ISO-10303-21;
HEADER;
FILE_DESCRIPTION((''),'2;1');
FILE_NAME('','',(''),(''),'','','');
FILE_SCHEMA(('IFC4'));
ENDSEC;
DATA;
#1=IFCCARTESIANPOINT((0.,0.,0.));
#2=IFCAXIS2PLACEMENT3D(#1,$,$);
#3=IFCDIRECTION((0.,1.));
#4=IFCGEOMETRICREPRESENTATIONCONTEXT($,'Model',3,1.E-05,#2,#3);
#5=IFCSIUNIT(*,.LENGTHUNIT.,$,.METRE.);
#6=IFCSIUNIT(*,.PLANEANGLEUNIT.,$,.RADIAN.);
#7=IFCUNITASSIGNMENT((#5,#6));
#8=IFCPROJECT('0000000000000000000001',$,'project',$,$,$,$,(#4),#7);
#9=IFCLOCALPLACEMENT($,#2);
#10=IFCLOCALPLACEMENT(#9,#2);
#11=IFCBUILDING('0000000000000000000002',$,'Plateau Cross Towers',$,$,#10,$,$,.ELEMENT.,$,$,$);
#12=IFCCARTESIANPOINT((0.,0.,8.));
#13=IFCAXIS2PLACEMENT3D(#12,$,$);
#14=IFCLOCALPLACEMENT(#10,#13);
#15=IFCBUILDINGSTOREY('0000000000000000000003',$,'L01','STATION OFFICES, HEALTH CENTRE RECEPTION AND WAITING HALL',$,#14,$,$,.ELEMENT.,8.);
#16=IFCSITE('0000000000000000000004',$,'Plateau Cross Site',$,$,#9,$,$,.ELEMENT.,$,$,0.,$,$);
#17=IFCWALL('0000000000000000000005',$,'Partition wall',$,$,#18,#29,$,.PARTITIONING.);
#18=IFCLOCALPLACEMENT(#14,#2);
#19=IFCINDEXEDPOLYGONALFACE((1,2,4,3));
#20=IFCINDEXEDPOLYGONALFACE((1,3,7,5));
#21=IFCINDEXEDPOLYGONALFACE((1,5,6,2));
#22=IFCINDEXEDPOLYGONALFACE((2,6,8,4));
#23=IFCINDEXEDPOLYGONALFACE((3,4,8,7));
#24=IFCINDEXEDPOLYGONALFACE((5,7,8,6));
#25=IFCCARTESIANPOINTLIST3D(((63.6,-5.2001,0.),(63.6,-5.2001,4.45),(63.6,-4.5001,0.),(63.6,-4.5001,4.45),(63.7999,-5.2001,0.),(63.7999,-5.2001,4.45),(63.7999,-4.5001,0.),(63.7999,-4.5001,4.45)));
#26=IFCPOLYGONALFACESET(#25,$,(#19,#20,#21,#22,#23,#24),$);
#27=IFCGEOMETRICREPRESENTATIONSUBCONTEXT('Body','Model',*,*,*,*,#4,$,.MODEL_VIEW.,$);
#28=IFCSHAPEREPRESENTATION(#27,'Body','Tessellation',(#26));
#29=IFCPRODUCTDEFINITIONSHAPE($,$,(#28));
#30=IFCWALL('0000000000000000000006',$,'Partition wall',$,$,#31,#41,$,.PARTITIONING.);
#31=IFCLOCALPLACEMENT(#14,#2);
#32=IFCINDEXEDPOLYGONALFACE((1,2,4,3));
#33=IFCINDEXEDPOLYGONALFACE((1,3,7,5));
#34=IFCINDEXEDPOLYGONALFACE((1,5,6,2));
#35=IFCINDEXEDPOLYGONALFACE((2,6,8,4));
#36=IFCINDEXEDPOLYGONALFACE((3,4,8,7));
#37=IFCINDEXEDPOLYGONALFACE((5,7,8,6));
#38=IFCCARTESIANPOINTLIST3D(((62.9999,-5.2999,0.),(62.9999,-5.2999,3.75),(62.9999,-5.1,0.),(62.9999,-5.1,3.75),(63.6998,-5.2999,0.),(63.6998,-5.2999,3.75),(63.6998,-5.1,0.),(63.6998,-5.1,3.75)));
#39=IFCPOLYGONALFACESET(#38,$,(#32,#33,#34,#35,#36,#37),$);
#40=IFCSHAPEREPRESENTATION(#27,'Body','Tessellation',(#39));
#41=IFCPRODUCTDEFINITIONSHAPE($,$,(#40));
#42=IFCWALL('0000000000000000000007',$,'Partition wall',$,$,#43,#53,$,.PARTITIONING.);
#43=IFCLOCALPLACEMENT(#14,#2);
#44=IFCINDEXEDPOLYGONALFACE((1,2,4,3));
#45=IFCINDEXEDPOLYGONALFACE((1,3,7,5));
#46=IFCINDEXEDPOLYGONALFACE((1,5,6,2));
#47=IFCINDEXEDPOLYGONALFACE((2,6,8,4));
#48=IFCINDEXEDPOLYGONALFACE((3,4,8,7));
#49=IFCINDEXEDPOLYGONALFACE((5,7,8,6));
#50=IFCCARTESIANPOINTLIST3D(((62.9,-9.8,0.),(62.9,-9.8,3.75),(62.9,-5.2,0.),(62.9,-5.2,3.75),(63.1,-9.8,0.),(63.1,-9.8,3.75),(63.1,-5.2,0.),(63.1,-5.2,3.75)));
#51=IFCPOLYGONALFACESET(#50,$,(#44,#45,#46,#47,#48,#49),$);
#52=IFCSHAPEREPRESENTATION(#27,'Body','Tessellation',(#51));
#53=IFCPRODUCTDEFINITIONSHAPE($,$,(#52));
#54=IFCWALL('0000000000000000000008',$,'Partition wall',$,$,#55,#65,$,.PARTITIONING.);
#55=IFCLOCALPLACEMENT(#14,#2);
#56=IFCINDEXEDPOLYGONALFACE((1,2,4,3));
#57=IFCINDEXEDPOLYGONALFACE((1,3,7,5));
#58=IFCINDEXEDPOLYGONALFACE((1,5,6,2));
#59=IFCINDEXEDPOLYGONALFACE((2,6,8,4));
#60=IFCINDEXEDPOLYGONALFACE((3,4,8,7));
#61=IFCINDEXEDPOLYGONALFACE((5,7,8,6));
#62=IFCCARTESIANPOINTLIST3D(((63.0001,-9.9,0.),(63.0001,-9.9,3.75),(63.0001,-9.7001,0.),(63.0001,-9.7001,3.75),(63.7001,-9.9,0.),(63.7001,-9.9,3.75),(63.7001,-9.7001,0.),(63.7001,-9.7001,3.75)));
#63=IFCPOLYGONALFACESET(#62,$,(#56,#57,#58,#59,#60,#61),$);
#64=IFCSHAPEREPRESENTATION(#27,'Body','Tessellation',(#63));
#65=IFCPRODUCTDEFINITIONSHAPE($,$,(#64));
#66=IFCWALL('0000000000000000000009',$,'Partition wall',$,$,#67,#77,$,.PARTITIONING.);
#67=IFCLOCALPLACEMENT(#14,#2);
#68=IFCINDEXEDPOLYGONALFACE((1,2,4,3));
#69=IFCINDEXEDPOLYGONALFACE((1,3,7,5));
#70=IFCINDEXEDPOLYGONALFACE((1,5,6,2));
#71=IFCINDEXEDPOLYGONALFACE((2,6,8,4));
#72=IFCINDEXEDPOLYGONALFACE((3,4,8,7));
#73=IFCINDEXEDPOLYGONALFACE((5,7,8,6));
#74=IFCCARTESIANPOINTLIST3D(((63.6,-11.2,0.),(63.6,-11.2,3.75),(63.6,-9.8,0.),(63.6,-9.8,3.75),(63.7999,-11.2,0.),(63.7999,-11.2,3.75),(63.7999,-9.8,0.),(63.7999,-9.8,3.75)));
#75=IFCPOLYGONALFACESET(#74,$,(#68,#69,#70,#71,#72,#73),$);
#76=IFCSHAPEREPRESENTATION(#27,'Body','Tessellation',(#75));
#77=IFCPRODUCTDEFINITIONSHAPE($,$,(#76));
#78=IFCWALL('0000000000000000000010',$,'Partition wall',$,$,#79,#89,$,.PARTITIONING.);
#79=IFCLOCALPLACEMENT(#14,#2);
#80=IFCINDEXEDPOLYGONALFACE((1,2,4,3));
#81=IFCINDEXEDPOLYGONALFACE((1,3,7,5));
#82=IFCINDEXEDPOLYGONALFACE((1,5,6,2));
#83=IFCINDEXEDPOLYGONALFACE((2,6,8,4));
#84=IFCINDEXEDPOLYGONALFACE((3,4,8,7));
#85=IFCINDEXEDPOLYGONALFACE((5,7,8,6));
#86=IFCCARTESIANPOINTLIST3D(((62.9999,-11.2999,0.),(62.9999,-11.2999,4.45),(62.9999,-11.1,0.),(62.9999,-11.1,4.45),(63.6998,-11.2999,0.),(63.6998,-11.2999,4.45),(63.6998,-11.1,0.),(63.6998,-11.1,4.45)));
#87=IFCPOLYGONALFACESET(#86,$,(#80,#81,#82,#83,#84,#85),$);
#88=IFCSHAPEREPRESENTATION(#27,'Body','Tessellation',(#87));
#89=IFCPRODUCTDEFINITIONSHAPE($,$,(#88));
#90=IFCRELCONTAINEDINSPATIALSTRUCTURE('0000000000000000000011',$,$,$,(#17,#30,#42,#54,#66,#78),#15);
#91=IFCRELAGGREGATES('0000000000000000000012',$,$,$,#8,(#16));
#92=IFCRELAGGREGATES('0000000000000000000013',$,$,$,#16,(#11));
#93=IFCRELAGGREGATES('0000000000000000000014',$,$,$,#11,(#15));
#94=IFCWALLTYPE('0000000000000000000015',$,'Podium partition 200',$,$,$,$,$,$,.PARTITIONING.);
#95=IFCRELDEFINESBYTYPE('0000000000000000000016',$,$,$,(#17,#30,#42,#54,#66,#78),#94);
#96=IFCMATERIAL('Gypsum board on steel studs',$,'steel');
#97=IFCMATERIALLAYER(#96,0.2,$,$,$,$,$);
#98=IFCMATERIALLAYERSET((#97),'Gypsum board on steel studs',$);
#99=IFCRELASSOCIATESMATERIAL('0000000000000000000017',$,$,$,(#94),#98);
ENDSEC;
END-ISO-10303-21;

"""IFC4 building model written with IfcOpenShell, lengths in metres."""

from ifc_helpers import new_model, si_unit, direction, frame, frame_2d, origin, place, context, subcontext, project, spatial, rectangle, extrude, material, layer, layer_set, type_object, element, save


model = new_model("IFC4")

# Units and contexts
model_context = context("Model", 3, precision=1e-05, world=origin(), true_north=direction((0.0, 1.0)))
body_context = subcontext(model_context, "Body", "Model", "MODEL_VIEW")
ifc_project = project(units=[si_unit("LENGTHUNIT", "METRE"), si_unit("PLANEANGLEUNIT", "RADIAN")], contexts=[model_context])

# Site, building, storey
site_placement = place(None, origin())
site = spatial("IfcSite", under=ifc_project, at=site_placement, Name="Plateau Cross Site", CompositionType="ELEMENT", RefElevation=0.0)
building_placement = place(site_placement, origin())
building = spatial("IfcBuilding", under=site, at=building_placement, Name="Plateau Cross Towers", CompositionType="ELEMENT")
storey_placement = place(building_placement, frame((0.0, 0.0, 8.0)))
storey = spatial("IfcBuildingStorey", under=building, at=storey_placement, Name="L01", Description="STATION OFFICES, HEALTH CENTRE RECEPTION AND WAITING HALL", CompositionType="ELEMENT", Elevation=8.0)

# Shared definitions
ifc_material_1 = material(Name="Gypsum board on steel studs", Category="steel")
ifc_layer_1 = layer(ifc_material_1, 0.2)
ifc_layer_set_1 = layer_set([ifc_layer_1], Name="Gypsum board on steel studs")
wall_type_1 = type_object("IfcWallType", Name="Podium partition 200", PredefinedType="PARTITIONING", material=ifc_layer_set_1)

# Walls
wall_1_placement = place(storey_placement, frame((63.7, -4.5, 0.0), z_axis=(0.0, 0.0, 1.0), x_axis=(0.0, -1.0, 0.0)))
element("IfcWall", 1, at=wall_1_placement, inside=storey, type_object=wall_type_1, Name="Partition wall", PredefinedType="PARTITIONING", context=body_context, shape_type="SweptSolid", body=[
    extrude(rectangle(XDim=0.7, YDim=0.2, at=frame_2d((0.3501, 0.0))), origin(), (0.0, 0.0, 1.0), 4.45),
])
wall_2_placement = place(storey_placement, frame((63.7, -5.2, 0.0), z_axis=(0.0, 0.0, 1.0), x_axis=(-1.0, 0.0, 0.0)))
element("IfcWall", 2, at=wall_2_placement, inside=storey, type_object=wall_type_1, Name="Partition wall", PredefinedType="PARTITIONING", context=body_context, shape_type="SweptSolid", body=[
    extrude(rectangle(XDim=0.7, YDim=0.2, at=frame_2d((0.3501, 0.0))), origin(), (0.0, 0.0, 1.0), 3.75),
])
wall_3_placement = place(storey_placement, frame((63.0, -5.2, 0.0), z_axis=(0.0, 0.0, 1.0), x_axis=(0.0, -1.0, 0.0)))
element("IfcWall", 3, at=wall_3_placement, inside=storey, type_object=wall_type_1, Name="Partition wall", PredefinedType="PARTITIONING", context=body_context, shape_type="SweptSolid", body=[
    extrude(rectangle(XDim=4.6001, YDim=0.2, at=frame_2d((2.3, 0.0))), origin(), (0.0, 0.0, 1.0), 3.75),
])
wall_4_placement = place(storey_placement, frame((63.0, -9.8, 0.0), z_axis=(0.0, 0.0, 1.0), x_axis=(1.0, 0.0, 0.0)))
element("IfcWall", 4, at=wall_4_placement, inside=storey, type_object=wall_type_1, Name="Partition wall", PredefinedType="PARTITIONING", context=body_context, shape_type="SweptSolid", body=[
    extrude(rectangle(XDim=0.7, YDim=0.2, at=frame_2d((0.3501, 0.0))), origin(), (0.0, 0.0, 1.0), 3.75),
])
wall_5_placement = place(storey_placement, frame((63.7, -9.8, 0.0), z_axis=(0.0, 0.0, 1.0), x_axis=(0.0, -1.0, 0.0)))
element("IfcWall", 5, at=wall_5_placement, inside=storey, type_object=wall_type_1, Name="Partition wall", PredefinedType="PARTITIONING", context=body_context, shape_type="SweptSolid", body=[
    extrude(rectangle(XDim=1.3999, YDim=0.2, at=frame_2d((0.7, 0.0))), origin(), (0.0, 0.0, 1.0), 3.75),
])
wall_6_placement = place(storey_placement, frame((63.7, -11.2, 0.0), z_axis=(0.0, 0.0, 1.0), x_axis=(-1.0, 0.0, 0.0)))
element("IfcWall", 6, at=wall_6_placement, inside=storey, type_object=wall_type_1, Name="Partition wall", PredefinedType="PARTITIONING", context=body_context, shape_type="SweptSolid", body=[
    extrude(rectangle(XDim=0.7, YDim=0.2, at=frame_2d((0.3501, 0.0))), origin(), (0.0, 0.0, 1.0), 4.45),
])

save(model, "model.ifc")
